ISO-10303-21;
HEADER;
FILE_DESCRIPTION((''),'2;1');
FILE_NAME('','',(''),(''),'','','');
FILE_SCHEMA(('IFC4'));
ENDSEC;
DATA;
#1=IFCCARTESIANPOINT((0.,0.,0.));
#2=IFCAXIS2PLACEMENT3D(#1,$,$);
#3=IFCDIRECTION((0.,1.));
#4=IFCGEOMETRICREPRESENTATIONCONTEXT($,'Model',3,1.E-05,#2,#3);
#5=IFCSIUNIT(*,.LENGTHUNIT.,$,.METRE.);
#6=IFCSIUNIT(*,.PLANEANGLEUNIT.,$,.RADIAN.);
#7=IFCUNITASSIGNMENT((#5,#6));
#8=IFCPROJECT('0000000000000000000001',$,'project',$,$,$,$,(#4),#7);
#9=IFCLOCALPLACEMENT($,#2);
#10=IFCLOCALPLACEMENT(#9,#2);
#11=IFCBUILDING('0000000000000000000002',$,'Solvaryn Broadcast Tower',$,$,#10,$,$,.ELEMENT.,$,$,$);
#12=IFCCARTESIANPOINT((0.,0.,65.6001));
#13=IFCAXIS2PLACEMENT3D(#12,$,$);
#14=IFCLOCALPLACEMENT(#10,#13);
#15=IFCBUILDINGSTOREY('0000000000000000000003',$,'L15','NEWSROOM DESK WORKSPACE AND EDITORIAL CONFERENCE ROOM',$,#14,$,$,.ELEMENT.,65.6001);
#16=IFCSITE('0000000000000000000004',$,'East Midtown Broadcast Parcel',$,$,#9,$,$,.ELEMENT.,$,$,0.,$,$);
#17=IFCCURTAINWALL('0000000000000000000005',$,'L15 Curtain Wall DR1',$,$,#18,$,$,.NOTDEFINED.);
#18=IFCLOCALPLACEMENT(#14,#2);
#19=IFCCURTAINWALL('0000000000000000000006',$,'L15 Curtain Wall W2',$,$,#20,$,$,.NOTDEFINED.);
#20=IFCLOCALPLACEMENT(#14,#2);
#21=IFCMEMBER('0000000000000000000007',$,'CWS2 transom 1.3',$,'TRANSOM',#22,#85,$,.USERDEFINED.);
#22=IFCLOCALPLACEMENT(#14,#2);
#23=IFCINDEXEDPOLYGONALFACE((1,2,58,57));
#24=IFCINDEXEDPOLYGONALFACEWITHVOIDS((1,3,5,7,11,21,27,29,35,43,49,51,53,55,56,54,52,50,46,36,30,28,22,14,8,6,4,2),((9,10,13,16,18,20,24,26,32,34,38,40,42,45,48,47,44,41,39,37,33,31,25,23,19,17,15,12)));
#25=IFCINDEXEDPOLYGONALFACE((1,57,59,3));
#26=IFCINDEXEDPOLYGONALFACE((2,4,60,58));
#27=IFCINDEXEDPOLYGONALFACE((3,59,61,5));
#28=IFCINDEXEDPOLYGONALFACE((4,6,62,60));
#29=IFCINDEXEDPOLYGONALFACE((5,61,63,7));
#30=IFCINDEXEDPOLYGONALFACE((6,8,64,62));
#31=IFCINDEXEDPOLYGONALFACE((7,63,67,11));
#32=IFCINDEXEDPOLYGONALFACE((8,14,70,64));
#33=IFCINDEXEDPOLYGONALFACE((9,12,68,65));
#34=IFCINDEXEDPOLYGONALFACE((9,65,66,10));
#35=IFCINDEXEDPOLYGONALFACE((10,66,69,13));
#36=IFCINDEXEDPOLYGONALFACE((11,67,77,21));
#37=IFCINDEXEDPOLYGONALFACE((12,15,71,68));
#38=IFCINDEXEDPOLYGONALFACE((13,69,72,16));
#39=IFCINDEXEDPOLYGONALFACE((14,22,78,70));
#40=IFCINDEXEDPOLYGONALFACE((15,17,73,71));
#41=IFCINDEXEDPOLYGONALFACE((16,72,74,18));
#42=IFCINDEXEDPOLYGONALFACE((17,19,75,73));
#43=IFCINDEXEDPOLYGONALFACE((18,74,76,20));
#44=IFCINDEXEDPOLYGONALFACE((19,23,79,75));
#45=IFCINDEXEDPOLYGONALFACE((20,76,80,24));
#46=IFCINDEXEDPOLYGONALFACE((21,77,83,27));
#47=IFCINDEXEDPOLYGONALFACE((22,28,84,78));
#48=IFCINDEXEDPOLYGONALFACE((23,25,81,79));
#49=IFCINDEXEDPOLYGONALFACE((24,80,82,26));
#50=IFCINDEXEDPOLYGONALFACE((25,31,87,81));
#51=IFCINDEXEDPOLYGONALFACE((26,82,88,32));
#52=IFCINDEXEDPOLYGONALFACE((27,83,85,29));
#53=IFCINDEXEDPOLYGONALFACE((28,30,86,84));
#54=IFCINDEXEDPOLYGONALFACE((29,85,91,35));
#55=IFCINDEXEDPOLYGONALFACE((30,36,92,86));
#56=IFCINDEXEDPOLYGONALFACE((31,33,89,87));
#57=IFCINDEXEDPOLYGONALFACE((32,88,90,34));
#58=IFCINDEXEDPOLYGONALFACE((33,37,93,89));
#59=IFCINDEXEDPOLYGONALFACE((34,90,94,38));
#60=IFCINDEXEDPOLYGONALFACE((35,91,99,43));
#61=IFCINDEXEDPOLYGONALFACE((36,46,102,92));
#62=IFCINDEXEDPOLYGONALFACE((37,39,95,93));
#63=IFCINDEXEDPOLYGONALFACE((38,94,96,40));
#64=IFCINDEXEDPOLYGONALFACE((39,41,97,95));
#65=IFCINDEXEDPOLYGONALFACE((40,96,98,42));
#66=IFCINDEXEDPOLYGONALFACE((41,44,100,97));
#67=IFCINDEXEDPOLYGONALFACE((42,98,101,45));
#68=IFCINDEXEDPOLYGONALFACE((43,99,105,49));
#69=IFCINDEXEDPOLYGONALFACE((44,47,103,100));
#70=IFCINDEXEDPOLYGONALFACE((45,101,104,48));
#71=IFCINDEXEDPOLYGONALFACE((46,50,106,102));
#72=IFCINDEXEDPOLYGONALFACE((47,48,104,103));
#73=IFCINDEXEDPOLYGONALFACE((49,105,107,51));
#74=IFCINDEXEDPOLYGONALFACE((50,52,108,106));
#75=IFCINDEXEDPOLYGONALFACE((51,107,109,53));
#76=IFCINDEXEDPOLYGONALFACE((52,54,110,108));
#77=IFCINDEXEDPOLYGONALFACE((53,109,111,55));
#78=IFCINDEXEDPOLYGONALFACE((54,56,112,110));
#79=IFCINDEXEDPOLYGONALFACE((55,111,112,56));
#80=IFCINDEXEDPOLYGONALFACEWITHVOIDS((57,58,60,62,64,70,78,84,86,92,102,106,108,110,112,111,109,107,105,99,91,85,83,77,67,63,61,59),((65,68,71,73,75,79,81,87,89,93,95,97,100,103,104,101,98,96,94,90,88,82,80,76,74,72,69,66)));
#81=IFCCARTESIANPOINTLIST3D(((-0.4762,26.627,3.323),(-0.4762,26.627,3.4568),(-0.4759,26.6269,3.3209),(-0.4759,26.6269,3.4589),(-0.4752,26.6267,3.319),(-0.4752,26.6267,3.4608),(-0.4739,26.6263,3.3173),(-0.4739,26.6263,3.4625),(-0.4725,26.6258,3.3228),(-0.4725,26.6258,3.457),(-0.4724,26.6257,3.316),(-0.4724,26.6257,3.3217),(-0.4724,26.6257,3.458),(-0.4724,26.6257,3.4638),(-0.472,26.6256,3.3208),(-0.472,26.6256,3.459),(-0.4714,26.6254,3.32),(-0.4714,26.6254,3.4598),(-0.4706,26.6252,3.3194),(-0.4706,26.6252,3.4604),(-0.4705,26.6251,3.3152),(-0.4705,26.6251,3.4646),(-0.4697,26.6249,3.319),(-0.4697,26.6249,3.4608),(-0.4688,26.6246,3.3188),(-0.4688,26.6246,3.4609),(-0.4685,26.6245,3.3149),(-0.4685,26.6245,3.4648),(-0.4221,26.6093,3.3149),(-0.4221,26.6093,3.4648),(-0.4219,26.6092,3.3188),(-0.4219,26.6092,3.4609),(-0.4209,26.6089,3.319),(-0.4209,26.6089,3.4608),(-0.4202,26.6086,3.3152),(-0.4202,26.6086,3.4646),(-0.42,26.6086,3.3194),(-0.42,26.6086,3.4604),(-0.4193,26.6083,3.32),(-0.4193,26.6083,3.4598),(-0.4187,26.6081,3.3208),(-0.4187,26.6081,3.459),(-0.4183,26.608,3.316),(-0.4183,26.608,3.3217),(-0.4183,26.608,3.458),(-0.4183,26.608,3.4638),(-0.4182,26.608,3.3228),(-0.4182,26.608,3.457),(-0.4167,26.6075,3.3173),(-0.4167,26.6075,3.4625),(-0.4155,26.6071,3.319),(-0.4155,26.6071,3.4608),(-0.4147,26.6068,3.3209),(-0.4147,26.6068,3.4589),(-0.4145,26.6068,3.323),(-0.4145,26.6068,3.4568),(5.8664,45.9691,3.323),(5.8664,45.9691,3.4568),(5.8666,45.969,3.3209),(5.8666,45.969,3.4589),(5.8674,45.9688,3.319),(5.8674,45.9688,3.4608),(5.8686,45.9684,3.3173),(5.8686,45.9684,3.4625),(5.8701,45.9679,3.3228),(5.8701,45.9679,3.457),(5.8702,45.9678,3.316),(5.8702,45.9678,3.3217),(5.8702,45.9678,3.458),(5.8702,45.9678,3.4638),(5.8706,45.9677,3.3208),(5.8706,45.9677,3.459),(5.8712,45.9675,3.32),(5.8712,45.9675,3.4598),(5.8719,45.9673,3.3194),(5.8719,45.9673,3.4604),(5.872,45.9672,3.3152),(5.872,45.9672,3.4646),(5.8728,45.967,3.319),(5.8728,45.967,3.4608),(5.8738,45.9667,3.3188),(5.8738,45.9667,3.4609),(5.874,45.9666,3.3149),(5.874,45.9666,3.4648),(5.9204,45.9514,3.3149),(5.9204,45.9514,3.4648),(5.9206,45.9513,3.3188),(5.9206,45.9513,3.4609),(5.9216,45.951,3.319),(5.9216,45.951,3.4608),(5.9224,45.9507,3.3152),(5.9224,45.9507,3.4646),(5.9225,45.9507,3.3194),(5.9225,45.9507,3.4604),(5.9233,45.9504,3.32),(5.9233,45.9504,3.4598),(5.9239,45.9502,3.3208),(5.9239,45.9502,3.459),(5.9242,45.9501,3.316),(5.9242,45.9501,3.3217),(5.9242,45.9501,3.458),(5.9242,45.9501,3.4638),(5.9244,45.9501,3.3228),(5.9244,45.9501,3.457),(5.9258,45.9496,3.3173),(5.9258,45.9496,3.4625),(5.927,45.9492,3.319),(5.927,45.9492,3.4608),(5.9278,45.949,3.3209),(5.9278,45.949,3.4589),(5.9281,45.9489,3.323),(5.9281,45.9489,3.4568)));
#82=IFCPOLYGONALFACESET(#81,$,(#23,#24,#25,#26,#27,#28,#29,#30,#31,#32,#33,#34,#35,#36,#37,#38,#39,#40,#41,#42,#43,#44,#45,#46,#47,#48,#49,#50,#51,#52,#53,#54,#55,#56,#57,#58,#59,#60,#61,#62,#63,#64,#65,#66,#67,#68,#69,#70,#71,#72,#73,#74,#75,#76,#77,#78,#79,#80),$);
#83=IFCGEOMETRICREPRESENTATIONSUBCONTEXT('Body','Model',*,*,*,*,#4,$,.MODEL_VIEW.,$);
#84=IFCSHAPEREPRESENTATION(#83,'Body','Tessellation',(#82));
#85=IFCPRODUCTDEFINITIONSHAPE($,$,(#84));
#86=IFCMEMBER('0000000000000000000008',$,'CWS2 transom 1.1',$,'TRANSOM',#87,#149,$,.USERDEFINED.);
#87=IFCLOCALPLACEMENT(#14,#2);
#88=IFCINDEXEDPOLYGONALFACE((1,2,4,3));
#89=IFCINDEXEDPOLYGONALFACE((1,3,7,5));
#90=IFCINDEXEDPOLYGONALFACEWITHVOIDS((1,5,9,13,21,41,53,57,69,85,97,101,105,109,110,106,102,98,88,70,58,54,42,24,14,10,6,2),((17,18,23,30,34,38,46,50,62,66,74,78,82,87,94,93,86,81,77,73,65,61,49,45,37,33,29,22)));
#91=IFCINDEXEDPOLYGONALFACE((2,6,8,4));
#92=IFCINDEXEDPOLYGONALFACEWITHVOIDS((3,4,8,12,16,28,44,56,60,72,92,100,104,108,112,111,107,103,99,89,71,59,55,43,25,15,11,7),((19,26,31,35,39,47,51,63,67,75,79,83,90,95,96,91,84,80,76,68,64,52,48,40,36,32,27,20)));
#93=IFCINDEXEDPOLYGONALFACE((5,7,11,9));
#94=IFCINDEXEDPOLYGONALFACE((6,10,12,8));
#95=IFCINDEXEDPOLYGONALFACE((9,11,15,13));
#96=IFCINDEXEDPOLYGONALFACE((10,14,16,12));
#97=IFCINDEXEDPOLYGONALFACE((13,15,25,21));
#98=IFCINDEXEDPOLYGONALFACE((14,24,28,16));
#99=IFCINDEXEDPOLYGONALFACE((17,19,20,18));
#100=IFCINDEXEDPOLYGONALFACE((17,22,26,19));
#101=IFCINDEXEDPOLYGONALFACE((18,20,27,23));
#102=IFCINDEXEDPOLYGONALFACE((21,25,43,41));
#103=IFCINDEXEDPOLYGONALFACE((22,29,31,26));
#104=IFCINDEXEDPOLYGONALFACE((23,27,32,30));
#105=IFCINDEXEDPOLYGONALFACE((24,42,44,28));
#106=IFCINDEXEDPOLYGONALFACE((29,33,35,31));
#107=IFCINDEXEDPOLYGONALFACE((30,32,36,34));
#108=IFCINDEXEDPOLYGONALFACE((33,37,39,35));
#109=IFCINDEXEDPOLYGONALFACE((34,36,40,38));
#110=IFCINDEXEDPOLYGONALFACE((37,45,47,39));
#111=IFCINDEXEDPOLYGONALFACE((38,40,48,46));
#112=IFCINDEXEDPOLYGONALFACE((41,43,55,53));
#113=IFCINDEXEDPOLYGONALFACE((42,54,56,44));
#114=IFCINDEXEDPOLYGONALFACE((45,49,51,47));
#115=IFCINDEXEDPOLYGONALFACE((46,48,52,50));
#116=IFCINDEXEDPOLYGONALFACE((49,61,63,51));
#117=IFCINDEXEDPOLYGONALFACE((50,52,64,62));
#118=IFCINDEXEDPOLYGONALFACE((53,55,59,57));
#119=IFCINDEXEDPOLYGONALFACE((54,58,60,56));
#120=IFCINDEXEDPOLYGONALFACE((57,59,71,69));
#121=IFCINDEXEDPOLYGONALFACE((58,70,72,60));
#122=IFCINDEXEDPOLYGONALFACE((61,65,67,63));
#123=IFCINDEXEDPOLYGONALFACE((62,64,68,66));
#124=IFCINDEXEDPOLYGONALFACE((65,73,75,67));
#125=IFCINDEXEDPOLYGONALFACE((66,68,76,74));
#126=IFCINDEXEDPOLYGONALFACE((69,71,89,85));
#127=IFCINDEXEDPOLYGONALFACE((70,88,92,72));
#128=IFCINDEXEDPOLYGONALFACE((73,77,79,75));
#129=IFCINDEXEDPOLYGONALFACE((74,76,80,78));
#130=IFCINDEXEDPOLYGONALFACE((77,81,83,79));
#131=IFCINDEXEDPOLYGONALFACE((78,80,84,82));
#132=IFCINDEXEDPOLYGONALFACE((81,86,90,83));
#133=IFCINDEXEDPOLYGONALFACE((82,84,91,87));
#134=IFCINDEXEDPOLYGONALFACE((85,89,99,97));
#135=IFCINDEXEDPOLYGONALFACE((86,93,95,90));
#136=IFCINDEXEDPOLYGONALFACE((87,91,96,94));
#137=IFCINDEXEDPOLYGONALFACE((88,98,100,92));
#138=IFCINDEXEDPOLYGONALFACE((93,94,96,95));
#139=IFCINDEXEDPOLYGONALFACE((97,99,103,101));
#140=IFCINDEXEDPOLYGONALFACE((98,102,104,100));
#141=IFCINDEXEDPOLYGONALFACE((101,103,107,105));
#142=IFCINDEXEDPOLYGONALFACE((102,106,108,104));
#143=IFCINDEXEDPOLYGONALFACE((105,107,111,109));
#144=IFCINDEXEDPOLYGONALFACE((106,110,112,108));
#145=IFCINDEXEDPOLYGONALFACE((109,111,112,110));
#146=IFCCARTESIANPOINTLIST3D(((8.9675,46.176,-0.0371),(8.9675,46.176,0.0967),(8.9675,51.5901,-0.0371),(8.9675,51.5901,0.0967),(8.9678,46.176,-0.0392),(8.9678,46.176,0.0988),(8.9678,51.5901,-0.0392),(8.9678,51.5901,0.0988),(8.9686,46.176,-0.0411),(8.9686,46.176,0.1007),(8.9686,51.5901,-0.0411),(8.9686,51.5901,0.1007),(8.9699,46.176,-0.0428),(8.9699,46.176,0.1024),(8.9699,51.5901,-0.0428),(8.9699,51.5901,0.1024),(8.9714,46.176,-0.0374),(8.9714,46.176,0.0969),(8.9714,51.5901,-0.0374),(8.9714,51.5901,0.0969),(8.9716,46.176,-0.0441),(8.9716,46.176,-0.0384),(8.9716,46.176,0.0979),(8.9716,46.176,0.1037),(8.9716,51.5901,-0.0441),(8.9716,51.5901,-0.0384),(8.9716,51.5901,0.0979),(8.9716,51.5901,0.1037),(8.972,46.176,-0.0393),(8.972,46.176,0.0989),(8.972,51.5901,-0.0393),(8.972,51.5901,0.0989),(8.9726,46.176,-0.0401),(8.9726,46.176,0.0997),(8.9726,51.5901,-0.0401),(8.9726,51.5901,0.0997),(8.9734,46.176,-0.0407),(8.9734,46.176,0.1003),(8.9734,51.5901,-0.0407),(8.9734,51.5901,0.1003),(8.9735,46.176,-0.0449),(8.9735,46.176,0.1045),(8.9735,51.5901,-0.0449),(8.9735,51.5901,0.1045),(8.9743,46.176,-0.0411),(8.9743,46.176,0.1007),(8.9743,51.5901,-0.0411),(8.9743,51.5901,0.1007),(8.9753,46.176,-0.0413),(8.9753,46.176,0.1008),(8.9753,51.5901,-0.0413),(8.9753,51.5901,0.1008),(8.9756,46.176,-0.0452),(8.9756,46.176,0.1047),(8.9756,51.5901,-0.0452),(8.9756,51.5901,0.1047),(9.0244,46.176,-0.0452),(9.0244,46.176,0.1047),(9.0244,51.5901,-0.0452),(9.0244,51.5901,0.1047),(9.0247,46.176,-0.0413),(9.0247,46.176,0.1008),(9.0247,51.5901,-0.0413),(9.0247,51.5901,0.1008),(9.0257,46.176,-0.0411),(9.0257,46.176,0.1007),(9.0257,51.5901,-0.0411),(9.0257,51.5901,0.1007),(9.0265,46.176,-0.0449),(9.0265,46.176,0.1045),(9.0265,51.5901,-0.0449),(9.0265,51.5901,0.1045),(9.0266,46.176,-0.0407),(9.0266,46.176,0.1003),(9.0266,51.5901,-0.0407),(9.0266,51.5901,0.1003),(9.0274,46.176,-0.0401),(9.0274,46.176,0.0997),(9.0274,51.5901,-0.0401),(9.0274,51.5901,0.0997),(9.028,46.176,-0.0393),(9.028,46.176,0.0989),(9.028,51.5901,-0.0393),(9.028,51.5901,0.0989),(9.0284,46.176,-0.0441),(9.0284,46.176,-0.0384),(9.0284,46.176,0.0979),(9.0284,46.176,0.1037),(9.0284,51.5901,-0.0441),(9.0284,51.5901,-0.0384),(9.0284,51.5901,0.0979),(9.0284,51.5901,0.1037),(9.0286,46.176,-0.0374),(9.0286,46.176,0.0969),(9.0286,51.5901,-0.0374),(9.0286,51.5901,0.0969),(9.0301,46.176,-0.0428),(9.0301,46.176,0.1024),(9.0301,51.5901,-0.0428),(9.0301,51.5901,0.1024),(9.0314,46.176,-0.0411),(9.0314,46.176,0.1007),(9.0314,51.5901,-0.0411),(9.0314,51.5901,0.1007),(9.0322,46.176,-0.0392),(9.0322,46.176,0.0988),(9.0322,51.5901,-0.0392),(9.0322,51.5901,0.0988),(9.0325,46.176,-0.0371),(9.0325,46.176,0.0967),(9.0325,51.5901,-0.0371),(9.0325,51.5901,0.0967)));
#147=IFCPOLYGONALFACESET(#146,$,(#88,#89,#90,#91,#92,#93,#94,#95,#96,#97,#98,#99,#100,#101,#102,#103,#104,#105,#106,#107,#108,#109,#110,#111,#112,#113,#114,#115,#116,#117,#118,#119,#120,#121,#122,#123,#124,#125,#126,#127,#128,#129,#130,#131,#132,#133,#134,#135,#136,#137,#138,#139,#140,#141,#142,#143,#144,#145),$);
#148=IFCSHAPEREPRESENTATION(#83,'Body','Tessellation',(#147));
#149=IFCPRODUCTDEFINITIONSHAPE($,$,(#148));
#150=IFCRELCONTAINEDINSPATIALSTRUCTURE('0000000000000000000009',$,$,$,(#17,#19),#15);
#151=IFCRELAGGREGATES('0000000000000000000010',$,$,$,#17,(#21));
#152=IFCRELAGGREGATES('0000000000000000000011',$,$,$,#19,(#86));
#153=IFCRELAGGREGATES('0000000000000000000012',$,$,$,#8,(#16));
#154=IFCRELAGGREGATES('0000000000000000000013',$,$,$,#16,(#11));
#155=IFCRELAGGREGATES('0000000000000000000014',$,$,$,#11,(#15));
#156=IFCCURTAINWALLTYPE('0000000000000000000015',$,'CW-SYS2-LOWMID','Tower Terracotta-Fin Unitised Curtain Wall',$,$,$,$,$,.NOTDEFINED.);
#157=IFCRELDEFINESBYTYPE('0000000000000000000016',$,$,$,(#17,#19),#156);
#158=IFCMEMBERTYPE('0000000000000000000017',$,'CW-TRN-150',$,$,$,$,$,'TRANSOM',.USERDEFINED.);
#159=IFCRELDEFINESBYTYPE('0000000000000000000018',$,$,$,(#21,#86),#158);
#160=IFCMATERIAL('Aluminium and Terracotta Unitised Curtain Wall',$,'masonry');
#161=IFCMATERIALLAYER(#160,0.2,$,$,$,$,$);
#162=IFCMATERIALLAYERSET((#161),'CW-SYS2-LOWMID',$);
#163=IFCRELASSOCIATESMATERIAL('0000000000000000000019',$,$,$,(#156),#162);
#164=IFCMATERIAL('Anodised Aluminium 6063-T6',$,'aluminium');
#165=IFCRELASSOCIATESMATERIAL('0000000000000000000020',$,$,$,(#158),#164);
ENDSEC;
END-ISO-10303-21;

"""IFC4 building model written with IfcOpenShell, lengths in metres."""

from ifc_helpers import new_model, si_unit, direction, frame, origin, origin_2d, place, context, subcontext, project, spatial, hollow_rectangle, extrude, material, layer, layer_set, material_profile, profile_set, type_object, element, aggregate, save


model = new_model("IFC4")

# Units and contexts
model_context = context("Model", 3, precision=1e-05, world=origin(), true_north=direction((0.0, 1.0)))
body_context = subcontext(model_context, "Body", "Model", "MODEL_VIEW")
ifc_project = project(units=[si_unit("LENGTHUNIT", "METRE"), si_unit("PLANEANGLEUNIT", "RADIAN")], contexts=[model_context])

# Site, building, storey
site_placement = place(None, origin())
site = spatial("IfcSite", under=ifc_project, at=site_placement, Name="East Midtown Broadcast Parcel", CompositionType="ELEMENT", RefElevation=0.0)
building_placement = place(site_placement, origin())
building = spatial("IfcBuilding", under=site, at=building_placement, Name="Solvaryn Broadcast Tower", CompositionType="ELEMENT")
storey_placement = place(building_placement, frame((0.0, 0.0, 65.6001)))
storey = spatial("IfcBuildingStorey", under=building, at=storey_placement, Name="L15", Description="NEWSROOM DESK WORKSPACE AND EDITORIAL CONFERENCE ROOM", CompositionType="ELEMENT", Elevation=65.6001)

# Curtain wall
ifc_material_1 = material(Name="Aluminium and Terracotta Unitised Curtain Wall", Category="masonry")
ifc_layer_1 = layer(ifc_material_1, 0.2)
ifc_layer_set_1 = layer_set([ifc_layer_1], Name="CW-SYS2-LOWMID")
curtain_wall_type = type_object("IfcCurtainWallType", Name="CW-SYS2-LOWMID", Description="Tower Terracotta-Fin Unitised Curtain Wall", PredefinedType="NOTDEFINED", material=ifc_layer_set_1)
curtain_wall_1_placement = place(storey_placement, origin())
curtain_wall_1 = element("IfcCurtainWall", 1, at=curtain_wall_1_placement, inside=storey, type_object=curtain_wall_type, Name="L15 Curtain Wall DR1", PredefinedType="NOTDEFINED")

# Curtain wall
curtain_wall_2_placement = place(storey_placement, origin())
curtain_wall_2 = element("IfcCurtainWall", 2, at=curtain_wall_2_placement, inside=storey, type_object=curtain_wall_type, Name="L15 Curtain Wall W2", PredefinedType="NOTDEFINED")

# Members
ifc_material_2 = material(Name="Anodised Aluminium 6063-T6", Category="aluminium")
ifc_material_profile_1 = material_profile(ifc_material_2, hollow_rectangle(XDim=0.0649, YDim=0.1499, WallThickness=0.0039, InnerFilletRadius=0.0039, OuterFilletRadius=0.0081, at=origin_2d()))
ifc_profile_set_1 = profile_set([ifc_material_profile_1], Name="Anodised Aluminium 6063-T6")
member_type_1 = type_object("IfcMemberType", Name="CW-TRN-150", ElementType="TRANSOM", PredefinedType="USERDEFINED", material=ifc_profile_set_1)
member_1_placement = place(storey_placement, frame((5.8972, 45.959, 3.3899), z_axis=(-0.31159, -0.950217, 0.0), x_axis=(0.950217, -0.31159, 0.0)))
member_1 = element("IfcMember", 3, at=member_1_placement, type_object=member_type_1, Name="CWS2 transom 1.3", ObjectType="TRANSOM", PredefinedType="USERDEFINED", context=body_context, shape_type="SweptSolid", body=[
    extrude(hollow_rectangle(XDim=0.0649, YDim=0.1499, WallThickness=0.0039, InnerFilletRadius=0.0039, OuterFilletRadius=0.0081, at=origin_2d()), origin(), (0.0, 0.0, 1.0), 20.3555),
])
aggregate(curtain_wall_1, [member_1])
member_2_placement = place(storey_placement, frame((9.0, 46.176, 0.0298), z_axis=(0.0, 1.0, 0.0), x_axis=(-1.0, 0.0, 0.0)))
member_2 = element("IfcMember", 4, at=member_2_placement, type_object=member_type_1, Name="CWS2 transom 1.1", ObjectType="TRANSOM", PredefinedType="USERDEFINED", context=body_context, shape_type="SweptSolid", body=[
    extrude(hollow_rectangle(XDim=0.0649, YDim=0.1499, WallThickness=0.0039, InnerFilletRadius=0.0039, OuterFilletRadius=0.0081, at=origin_2d()), origin(), (0.0, 0.0, 1.0), 5.4141),
])

aggregate(curtain_wall_2, [member_2])

save(model, "model.ifc")
